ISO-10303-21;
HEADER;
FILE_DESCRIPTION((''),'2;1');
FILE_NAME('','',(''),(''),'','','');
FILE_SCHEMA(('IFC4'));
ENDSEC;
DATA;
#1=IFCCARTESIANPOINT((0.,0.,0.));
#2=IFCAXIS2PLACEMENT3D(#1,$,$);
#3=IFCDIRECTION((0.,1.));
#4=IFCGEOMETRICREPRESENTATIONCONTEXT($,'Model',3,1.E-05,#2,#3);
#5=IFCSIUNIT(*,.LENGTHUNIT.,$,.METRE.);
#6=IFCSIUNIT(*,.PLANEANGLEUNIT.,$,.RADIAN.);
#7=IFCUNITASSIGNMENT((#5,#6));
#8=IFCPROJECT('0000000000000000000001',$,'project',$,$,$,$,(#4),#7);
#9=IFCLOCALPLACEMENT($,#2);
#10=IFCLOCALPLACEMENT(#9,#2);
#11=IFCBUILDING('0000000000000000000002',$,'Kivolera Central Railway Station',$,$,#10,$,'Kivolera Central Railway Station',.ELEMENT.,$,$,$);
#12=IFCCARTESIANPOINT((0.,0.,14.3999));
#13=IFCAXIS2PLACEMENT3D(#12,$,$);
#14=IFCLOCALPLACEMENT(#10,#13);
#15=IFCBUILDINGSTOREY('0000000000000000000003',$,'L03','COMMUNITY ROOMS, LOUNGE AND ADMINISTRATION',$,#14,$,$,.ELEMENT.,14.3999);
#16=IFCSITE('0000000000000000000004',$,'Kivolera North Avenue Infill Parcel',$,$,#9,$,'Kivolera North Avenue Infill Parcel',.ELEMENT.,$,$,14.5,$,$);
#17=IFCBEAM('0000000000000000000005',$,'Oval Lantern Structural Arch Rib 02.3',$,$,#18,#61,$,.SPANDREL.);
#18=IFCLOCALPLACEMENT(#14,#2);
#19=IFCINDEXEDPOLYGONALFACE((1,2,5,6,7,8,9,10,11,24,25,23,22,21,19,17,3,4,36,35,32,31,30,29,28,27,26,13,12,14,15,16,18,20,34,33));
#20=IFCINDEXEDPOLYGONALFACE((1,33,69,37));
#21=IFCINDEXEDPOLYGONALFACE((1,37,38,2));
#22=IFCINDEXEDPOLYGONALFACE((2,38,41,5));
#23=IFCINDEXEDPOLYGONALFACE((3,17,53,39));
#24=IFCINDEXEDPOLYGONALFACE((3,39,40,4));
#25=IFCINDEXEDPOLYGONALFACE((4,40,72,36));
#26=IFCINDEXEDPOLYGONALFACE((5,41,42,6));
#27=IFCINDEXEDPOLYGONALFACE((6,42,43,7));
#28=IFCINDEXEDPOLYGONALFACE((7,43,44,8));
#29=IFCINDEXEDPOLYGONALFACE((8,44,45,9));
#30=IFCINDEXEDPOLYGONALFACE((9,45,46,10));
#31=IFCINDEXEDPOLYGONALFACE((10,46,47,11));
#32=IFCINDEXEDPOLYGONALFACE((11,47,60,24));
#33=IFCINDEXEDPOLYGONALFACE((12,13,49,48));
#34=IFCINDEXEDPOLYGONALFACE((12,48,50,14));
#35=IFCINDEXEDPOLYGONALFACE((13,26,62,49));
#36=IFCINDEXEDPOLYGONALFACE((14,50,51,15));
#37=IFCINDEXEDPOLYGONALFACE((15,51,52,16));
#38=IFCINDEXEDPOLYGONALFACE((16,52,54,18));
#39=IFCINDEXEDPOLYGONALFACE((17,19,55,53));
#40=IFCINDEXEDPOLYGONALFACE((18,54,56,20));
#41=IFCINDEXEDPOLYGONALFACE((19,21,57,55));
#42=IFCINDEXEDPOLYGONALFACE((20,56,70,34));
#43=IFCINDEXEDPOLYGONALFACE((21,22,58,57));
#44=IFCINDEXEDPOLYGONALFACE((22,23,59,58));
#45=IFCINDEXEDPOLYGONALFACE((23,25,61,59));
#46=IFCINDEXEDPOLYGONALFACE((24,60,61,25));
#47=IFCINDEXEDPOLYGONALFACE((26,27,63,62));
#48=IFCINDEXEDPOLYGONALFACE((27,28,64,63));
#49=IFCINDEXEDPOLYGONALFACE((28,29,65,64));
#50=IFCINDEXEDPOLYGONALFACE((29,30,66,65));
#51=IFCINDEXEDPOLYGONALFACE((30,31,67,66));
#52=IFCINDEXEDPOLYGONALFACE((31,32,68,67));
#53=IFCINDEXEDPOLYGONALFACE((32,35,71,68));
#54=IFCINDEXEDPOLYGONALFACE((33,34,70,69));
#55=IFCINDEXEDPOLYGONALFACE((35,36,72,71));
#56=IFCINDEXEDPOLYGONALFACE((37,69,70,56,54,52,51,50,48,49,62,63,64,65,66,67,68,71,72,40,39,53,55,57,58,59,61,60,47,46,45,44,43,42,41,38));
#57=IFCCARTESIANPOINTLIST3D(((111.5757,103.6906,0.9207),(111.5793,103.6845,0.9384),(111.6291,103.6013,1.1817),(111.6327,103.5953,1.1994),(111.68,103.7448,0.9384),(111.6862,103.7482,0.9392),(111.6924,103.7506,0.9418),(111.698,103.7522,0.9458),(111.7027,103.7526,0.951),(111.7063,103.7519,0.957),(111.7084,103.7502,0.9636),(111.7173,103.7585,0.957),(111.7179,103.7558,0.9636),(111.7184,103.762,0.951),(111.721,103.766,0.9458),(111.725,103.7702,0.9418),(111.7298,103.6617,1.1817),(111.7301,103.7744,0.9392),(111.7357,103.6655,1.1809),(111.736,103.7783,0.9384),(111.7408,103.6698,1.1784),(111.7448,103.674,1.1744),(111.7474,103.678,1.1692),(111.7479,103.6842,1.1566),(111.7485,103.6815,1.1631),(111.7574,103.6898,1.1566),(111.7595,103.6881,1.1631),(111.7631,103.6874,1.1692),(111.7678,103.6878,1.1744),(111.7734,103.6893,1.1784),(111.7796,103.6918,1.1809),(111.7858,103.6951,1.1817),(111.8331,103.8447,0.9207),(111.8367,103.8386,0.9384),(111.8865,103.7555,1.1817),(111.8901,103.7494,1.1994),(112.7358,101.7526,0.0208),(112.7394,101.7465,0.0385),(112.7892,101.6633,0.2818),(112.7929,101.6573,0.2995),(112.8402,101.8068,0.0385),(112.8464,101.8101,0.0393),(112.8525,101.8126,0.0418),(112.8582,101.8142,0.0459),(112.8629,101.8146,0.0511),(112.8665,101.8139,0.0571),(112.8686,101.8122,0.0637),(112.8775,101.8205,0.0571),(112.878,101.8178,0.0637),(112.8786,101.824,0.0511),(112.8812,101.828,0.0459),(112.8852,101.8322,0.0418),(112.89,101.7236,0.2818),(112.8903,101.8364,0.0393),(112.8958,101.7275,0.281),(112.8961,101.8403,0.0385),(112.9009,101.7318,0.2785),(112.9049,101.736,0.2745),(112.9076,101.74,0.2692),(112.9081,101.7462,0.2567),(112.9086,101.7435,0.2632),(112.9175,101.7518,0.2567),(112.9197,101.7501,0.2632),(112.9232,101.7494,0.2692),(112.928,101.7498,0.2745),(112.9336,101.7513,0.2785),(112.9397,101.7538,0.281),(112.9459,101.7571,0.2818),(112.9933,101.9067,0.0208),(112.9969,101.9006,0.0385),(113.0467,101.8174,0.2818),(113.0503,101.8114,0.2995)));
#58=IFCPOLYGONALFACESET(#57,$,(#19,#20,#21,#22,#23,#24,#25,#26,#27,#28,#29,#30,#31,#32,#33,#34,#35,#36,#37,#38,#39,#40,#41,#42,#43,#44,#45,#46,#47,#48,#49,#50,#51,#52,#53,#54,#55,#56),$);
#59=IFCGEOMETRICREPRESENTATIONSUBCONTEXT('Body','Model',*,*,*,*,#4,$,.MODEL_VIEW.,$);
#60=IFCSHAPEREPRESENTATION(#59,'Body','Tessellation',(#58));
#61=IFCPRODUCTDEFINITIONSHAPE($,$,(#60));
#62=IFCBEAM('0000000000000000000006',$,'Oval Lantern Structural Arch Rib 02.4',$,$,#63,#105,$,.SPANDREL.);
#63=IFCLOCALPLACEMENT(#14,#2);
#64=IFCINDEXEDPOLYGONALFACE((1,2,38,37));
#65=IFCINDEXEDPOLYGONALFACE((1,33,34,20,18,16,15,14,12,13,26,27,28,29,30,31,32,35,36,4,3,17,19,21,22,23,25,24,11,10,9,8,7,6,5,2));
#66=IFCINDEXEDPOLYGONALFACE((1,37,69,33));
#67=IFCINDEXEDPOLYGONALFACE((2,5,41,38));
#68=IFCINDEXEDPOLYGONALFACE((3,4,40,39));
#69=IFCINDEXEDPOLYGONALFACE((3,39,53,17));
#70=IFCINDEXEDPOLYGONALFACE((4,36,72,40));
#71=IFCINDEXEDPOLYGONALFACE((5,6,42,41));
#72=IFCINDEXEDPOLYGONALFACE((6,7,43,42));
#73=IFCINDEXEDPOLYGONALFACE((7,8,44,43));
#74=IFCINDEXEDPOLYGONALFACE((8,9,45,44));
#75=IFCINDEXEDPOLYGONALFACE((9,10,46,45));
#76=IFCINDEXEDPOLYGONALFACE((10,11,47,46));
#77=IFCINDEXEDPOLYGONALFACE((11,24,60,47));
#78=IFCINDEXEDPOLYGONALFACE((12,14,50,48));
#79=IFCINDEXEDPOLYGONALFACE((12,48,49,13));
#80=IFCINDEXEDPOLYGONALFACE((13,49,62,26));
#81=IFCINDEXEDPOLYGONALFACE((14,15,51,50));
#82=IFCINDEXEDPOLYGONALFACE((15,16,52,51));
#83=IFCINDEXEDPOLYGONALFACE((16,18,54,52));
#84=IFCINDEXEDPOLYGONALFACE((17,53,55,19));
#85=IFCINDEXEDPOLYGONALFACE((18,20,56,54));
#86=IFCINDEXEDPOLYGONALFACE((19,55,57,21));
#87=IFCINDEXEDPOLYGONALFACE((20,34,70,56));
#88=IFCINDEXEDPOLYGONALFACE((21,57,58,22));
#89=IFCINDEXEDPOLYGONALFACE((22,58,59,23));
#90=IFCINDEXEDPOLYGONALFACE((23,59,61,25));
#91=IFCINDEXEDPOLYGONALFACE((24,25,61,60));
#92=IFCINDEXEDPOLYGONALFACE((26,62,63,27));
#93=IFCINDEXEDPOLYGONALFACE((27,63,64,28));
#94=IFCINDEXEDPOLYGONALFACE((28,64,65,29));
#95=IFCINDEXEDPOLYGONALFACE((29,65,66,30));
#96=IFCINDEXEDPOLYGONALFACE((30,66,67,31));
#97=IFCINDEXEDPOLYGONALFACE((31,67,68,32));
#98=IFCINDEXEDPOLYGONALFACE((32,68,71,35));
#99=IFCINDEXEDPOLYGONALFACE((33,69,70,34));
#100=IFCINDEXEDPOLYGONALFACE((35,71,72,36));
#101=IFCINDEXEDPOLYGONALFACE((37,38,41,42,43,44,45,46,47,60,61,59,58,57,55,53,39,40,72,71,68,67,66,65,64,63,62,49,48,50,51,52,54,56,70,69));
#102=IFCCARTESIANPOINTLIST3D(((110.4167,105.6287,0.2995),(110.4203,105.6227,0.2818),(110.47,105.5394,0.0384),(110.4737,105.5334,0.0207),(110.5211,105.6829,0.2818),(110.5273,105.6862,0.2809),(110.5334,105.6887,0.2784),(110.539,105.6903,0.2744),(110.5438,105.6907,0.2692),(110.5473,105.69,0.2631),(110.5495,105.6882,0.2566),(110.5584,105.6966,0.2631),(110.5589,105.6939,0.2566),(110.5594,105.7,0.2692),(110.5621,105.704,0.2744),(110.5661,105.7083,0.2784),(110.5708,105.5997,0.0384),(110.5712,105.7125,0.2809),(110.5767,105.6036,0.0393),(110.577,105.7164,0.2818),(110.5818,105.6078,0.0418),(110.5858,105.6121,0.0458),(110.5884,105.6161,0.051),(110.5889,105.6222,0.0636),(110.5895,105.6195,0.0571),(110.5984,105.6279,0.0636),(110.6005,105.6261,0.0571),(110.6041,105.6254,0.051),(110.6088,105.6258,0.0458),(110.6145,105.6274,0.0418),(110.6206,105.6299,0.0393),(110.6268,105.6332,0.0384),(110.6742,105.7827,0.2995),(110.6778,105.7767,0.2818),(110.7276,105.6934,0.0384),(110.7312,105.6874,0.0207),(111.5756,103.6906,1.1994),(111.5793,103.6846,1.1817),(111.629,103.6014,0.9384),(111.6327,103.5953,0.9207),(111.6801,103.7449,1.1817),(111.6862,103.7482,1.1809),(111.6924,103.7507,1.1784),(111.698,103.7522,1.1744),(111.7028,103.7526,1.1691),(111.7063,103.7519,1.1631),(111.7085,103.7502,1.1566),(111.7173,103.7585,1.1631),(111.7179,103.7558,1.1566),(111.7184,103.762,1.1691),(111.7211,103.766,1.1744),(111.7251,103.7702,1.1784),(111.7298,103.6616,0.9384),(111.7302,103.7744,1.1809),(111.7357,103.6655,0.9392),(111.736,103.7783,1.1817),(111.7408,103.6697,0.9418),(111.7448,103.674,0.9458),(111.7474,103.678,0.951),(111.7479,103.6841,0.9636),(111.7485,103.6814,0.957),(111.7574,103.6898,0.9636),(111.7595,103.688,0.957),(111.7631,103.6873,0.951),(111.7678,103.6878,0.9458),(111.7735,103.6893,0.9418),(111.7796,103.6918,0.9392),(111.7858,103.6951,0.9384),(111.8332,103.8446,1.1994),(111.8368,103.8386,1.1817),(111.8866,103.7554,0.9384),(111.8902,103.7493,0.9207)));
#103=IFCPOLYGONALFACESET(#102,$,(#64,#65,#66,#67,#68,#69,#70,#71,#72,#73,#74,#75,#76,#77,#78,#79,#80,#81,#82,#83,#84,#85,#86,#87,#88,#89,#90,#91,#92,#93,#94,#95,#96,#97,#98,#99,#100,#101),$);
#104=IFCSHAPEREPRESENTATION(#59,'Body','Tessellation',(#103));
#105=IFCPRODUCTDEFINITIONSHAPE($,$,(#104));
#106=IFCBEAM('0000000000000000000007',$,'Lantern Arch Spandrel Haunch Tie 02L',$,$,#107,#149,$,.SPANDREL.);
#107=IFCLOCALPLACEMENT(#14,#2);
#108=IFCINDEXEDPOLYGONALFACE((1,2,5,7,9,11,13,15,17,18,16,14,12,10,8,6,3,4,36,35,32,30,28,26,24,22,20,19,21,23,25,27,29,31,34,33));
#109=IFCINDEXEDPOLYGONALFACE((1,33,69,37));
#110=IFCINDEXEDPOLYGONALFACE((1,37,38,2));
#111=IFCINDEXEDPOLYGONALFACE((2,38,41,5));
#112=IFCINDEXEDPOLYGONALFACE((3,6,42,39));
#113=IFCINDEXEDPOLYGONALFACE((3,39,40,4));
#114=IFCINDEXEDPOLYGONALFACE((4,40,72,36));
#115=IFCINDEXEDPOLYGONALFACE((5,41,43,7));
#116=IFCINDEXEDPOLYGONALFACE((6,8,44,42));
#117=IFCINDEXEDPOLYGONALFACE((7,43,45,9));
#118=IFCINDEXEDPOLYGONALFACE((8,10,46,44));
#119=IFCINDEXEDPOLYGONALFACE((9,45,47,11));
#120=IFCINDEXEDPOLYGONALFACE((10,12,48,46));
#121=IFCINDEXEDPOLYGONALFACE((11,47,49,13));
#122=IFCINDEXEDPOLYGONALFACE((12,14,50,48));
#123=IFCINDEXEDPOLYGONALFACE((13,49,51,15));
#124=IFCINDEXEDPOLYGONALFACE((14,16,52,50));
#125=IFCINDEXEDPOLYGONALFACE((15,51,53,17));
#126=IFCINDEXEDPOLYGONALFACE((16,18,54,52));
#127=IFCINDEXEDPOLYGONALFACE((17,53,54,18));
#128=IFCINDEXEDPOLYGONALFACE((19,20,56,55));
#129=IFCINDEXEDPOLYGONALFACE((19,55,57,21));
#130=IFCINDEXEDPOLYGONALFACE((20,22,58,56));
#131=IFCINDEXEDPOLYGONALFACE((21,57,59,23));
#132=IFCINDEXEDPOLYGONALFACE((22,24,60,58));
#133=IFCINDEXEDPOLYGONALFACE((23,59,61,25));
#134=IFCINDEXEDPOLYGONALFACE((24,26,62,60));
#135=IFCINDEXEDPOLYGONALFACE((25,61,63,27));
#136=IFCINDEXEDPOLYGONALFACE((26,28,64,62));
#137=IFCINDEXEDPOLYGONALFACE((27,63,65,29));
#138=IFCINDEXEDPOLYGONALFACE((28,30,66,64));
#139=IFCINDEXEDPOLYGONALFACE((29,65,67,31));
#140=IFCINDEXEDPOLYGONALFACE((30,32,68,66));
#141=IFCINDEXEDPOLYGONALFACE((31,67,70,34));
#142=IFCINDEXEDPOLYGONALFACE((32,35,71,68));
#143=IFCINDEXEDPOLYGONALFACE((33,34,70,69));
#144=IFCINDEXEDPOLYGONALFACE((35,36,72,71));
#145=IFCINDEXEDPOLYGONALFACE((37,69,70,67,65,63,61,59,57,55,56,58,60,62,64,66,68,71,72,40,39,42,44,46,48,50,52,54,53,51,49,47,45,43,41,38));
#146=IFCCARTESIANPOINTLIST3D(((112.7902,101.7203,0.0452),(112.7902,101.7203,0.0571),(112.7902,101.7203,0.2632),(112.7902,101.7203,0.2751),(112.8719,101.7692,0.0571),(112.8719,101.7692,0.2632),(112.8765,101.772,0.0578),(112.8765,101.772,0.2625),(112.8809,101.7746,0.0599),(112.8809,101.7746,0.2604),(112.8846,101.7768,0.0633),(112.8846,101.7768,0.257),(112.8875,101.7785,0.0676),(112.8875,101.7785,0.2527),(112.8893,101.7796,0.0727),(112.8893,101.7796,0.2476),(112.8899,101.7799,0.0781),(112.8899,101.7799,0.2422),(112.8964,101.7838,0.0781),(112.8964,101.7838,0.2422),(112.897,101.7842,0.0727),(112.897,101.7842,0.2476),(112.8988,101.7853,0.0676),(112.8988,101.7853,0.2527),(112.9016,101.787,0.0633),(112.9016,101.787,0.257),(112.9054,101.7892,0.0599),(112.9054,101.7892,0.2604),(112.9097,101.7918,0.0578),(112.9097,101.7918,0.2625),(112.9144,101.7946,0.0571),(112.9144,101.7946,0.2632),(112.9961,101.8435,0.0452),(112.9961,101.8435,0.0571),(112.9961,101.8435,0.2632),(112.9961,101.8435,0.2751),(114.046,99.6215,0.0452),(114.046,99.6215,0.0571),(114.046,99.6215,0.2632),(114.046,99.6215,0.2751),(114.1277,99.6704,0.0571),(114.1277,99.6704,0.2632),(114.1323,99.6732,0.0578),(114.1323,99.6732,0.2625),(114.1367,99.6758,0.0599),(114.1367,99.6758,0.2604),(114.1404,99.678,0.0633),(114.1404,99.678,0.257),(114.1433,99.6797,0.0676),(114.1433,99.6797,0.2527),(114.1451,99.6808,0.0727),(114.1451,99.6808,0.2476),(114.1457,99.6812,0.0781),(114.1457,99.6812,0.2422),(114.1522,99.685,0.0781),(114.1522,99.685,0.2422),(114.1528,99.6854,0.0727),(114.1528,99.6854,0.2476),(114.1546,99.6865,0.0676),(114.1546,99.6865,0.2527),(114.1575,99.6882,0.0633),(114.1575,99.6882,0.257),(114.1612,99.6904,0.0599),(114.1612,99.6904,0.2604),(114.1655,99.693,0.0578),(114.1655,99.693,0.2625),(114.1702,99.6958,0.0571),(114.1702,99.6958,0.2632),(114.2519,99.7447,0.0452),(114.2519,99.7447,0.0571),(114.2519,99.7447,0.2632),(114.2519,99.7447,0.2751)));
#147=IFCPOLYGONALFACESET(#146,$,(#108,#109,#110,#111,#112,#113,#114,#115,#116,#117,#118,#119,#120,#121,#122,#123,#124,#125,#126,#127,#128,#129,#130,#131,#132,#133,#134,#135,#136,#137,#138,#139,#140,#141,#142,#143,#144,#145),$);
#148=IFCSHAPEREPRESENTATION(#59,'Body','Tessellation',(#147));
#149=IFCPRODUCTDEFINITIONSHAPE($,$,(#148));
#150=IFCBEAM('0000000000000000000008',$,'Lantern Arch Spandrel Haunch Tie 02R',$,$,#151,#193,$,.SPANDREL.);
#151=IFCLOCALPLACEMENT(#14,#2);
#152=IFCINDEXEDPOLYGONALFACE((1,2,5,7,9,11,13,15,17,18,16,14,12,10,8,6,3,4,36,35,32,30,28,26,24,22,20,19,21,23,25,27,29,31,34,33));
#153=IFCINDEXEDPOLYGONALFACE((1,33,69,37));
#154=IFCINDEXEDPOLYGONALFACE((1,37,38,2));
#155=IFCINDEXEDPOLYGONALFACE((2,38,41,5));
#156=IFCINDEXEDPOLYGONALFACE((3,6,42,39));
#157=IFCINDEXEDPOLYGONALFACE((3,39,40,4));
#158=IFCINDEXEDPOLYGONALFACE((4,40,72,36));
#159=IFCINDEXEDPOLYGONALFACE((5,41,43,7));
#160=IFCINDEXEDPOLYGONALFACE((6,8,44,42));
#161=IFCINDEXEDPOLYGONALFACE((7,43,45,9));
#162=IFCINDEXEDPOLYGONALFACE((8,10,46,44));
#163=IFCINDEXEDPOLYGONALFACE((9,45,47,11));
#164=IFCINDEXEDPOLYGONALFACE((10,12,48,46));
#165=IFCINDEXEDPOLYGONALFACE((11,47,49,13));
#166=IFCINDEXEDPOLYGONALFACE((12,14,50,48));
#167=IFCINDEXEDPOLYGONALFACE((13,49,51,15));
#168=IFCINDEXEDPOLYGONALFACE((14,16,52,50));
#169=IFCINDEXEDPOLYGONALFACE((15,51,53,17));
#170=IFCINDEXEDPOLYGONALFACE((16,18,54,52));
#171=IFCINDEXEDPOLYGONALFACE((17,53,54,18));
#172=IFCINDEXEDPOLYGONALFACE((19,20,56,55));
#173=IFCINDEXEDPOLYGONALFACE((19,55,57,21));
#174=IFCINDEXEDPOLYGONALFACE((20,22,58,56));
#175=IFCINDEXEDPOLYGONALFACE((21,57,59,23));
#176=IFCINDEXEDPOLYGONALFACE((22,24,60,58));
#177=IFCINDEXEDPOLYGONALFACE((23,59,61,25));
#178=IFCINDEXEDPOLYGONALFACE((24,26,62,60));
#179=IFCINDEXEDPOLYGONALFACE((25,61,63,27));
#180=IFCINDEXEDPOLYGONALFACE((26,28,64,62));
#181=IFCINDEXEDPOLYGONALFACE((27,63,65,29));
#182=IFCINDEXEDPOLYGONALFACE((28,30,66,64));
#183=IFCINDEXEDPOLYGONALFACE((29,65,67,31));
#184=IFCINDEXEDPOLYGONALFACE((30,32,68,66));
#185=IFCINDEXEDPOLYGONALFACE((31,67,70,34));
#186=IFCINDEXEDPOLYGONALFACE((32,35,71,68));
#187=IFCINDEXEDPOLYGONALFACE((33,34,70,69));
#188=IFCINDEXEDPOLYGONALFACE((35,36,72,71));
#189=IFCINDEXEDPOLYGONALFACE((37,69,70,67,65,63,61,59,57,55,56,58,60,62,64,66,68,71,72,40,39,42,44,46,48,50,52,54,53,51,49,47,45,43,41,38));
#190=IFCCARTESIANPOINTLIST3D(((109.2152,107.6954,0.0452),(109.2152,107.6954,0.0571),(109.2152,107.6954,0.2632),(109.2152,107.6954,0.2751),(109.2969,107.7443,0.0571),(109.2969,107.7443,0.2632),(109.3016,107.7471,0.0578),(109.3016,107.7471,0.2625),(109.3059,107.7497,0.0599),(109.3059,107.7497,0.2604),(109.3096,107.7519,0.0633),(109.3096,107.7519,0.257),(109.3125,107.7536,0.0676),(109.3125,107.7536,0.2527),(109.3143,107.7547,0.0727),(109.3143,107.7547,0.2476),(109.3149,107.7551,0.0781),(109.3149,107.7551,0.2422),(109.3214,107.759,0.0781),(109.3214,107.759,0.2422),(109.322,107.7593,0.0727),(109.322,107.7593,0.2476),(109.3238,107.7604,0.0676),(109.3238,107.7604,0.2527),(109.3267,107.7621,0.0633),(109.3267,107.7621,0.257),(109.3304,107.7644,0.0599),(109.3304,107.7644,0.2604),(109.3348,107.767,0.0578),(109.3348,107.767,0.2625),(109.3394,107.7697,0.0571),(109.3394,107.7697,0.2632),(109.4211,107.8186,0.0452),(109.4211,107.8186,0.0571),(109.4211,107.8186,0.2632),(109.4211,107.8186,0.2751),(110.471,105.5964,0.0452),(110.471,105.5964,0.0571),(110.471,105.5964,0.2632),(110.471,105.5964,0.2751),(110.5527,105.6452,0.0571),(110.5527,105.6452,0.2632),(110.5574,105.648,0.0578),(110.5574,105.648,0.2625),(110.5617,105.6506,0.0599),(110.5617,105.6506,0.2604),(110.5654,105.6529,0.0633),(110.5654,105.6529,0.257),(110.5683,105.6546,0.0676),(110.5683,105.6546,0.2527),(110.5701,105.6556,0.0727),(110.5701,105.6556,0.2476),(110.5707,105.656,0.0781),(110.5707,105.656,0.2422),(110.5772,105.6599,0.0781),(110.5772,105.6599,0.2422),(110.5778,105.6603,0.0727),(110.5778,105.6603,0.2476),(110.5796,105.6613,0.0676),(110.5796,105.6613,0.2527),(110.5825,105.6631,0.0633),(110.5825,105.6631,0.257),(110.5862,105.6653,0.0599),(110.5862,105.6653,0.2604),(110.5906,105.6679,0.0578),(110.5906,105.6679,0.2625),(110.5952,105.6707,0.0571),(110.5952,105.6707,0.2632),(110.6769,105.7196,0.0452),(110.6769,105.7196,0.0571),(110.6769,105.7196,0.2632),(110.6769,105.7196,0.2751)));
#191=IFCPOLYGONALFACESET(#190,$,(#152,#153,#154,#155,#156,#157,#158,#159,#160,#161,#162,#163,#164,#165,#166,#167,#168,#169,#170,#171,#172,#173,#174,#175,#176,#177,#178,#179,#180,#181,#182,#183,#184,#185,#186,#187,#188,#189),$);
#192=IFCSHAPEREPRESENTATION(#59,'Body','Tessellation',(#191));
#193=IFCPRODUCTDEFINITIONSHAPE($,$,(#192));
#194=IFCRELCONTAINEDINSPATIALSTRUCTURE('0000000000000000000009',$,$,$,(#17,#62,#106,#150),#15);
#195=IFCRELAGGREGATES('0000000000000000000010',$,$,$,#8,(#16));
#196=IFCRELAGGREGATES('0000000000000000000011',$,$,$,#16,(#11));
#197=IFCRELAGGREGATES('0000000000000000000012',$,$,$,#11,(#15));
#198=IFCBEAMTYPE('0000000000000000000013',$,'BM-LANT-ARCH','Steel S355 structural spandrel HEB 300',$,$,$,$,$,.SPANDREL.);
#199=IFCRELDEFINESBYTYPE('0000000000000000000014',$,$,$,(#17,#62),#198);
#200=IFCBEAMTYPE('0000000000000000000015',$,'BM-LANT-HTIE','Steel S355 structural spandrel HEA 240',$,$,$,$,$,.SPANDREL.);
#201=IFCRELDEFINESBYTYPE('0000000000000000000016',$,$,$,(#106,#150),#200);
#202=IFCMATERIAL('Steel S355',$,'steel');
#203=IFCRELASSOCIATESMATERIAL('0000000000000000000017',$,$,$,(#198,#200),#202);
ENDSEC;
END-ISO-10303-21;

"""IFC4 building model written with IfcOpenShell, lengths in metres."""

from ifc_helpers import new_model, si_unit, direction, frame, origin, origin_2d, place, context, subcontext, project, spatial, i_section, extrude, material, material_profile, profile_set, type_object, element, save


model = new_model("IFC4")

# Units and contexts
model_context = context("Model", 3, precision=1e-05, world=origin(), true_north=direction((0.0, 1.0)))
body_context = subcontext(model_context, "Body", "Model", "MODEL_VIEW")
ifc_project = project(units=[si_unit("LENGTHUNIT", "METRE"), si_unit("PLANEANGLEUNIT", "RADIAN")], contexts=[model_context])

# Site, building, storey
site_placement = place(None, origin())
site = spatial("IfcSite", under=ifc_project, at=site_placement, Name="Kivolera North Avenue Infill Parcel", LongName="Kivolera North Avenue Infill Parcel", CompositionType="ELEMENT", RefElevation=14.5)
building_placement = place(site_placement, origin())
building = spatial("IfcBuilding", under=site, at=building_placement, Name="Kivolera Central Railway Station", LongName="Kivolera Central Railway Station", CompositionType="ELEMENT")
storey_placement = place(building_placement, frame((0.0, 0.0, 14.3999)))
storey = spatial("IfcBuildingStorey", under=building, at=storey_placement, Name="L03", Description="COMMUNITY ROOMS, LOUNGE AND ADMINISTRATION", CompositionType="ELEMENT", Elevation=14.3999)

# Beams
ifc_material_1 = material(Name="Steel S355", Category="steel")
ifc_material_profile_1 = material_profile(ifc_material_1, i_section(OverallWidth=0.3, OverallDepth=0.3, WebThickness=0.011, FlangeThickness=0.019, FilletRadius=0.0271, at=origin_2d()), Name="HEB 300")
ifc_profile_set_1 = profile_set([ifc_material_profile_1], Name="Steel S355")
beam_type_1 = type_object("IfcBeamType", Name="BM-LANT-ARCH", Description="Steel S355 structural spandrel HEB 300", PredefinedType="SPANDREL", material=ifc_profile_set_1)
beam_1_placement = place(storey_placement, frame((112.8931, 101.782, 0.1602), z_axis=(-0.477161, 0.797075, 0.370121), x_axis=(-0.858008, -0.513637, 0.0)))
element("IfcBeam", 1, at=beam_1_placement, inside=storey, type_object=beam_type_1, Name="Oval Lantern Structural Arch Rib 02.3", PredefinedType="SPANDREL", context=body_context, shape_type="SweptSolid", body=[
    extrude(i_section(OverallWidth=0.3, OverallDepth=0.3, WebThickness=0.011, FlangeThickness=0.019, FilletRadius=0.0271, at=origin_2d()), origin(), (0.0, 0.0, 1.0), 2.4314),
])
beam_2_placement = place(storey_placement, frame((111.7329, 103.72, 1.0601), z_axis=(-0.476773, 0.797266, -0.370209), x_axis=(-0.858246, -0.513239, 0.0)))
element("IfcBeam", 2, at=beam_2_placement, inside=storey, type_object=beam_type_1, Name="Oval Lantern Structural Arch Rib 02.4", PredefinedType="SPANDREL", context=body_context, shape_type="SweptSolid", body=[
    extrude(i_section(OverallWidth=0.3, OverallDepth=0.3, WebThickness=0.011, FlangeThickness=0.019, FilletRadius=0.0271, at=origin_2d()), origin(), (0.0, 0.0, 1.0), 2.4309),
])
ifc_material_profile_2 = material_profile(ifc_material_1, i_section(OverallWidth=0.24, OverallDepth=0.23, WebThickness=0.0076, FlangeThickness=0.012, FilletRadius=0.021, at=origin_2d()), Name="HEA 240")
ifc_profile_set_2 = profile_set([ifc_material_profile_2], Name="Steel S355")
beam_type_2 = type_object("IfcBeamType", Name="BM-LANT-HTIE", Description="Steel S355 structural spandrel HEA 240", PredefinedType="SPANDREL", material=ifc_profile_set_2)
beam_3_placement = place(storey_placement, frame((114.1489, 99.6831, 0.1602), z_axis=(-0.513453, 0.858118, 0.0), x_axis=(-0.858118, -0.513453, 0.0)))
element("IfcBeam", 3, at=beam_3_placement, inside=storey, type_object=beam_type_2, Name="Lantern Arch Spandrel Haunch Tie 02L", PredefinedType="SPANDREL", context=body_context, shape_type="SweptSolid", body=[
    extrude(i_section(OverallWidth=0.24, OverallDepth=0.23, WebThickness=0.0076, FlangeThickness=0.012, FilletRadius=0.021, at=origin_2d()), origin(), (0.0, 0.0, 1.0), 2.4458),
])
beam_4_placement = place(storey_placement, frame((110.574, 105.658, 0.1602), z_axis=(-0.513409, 0.858144, 0.0), x_axis=(-0.858144, -0.513409, 0.0)))
element("IfcBeam", 4, at=beam_4_placement, inside=storey, type_object=beam_type_2, Name="Lantern Arch Spandrel Haunch Tie 02R", PredefinedType="SPANDREL", context=body_context, shape_type="SweptSolid", body=[
    extrude(i_section(OverallWidth=0.24, OverallDepth=0.23, WebThickness=0.0076, FlangeThickness=0.012, FilletRadius=0.021, at=origin_2d()), origin(), (0.0, 0.0, 1.0), 2.446),
])

save(model, "model.ifc")
